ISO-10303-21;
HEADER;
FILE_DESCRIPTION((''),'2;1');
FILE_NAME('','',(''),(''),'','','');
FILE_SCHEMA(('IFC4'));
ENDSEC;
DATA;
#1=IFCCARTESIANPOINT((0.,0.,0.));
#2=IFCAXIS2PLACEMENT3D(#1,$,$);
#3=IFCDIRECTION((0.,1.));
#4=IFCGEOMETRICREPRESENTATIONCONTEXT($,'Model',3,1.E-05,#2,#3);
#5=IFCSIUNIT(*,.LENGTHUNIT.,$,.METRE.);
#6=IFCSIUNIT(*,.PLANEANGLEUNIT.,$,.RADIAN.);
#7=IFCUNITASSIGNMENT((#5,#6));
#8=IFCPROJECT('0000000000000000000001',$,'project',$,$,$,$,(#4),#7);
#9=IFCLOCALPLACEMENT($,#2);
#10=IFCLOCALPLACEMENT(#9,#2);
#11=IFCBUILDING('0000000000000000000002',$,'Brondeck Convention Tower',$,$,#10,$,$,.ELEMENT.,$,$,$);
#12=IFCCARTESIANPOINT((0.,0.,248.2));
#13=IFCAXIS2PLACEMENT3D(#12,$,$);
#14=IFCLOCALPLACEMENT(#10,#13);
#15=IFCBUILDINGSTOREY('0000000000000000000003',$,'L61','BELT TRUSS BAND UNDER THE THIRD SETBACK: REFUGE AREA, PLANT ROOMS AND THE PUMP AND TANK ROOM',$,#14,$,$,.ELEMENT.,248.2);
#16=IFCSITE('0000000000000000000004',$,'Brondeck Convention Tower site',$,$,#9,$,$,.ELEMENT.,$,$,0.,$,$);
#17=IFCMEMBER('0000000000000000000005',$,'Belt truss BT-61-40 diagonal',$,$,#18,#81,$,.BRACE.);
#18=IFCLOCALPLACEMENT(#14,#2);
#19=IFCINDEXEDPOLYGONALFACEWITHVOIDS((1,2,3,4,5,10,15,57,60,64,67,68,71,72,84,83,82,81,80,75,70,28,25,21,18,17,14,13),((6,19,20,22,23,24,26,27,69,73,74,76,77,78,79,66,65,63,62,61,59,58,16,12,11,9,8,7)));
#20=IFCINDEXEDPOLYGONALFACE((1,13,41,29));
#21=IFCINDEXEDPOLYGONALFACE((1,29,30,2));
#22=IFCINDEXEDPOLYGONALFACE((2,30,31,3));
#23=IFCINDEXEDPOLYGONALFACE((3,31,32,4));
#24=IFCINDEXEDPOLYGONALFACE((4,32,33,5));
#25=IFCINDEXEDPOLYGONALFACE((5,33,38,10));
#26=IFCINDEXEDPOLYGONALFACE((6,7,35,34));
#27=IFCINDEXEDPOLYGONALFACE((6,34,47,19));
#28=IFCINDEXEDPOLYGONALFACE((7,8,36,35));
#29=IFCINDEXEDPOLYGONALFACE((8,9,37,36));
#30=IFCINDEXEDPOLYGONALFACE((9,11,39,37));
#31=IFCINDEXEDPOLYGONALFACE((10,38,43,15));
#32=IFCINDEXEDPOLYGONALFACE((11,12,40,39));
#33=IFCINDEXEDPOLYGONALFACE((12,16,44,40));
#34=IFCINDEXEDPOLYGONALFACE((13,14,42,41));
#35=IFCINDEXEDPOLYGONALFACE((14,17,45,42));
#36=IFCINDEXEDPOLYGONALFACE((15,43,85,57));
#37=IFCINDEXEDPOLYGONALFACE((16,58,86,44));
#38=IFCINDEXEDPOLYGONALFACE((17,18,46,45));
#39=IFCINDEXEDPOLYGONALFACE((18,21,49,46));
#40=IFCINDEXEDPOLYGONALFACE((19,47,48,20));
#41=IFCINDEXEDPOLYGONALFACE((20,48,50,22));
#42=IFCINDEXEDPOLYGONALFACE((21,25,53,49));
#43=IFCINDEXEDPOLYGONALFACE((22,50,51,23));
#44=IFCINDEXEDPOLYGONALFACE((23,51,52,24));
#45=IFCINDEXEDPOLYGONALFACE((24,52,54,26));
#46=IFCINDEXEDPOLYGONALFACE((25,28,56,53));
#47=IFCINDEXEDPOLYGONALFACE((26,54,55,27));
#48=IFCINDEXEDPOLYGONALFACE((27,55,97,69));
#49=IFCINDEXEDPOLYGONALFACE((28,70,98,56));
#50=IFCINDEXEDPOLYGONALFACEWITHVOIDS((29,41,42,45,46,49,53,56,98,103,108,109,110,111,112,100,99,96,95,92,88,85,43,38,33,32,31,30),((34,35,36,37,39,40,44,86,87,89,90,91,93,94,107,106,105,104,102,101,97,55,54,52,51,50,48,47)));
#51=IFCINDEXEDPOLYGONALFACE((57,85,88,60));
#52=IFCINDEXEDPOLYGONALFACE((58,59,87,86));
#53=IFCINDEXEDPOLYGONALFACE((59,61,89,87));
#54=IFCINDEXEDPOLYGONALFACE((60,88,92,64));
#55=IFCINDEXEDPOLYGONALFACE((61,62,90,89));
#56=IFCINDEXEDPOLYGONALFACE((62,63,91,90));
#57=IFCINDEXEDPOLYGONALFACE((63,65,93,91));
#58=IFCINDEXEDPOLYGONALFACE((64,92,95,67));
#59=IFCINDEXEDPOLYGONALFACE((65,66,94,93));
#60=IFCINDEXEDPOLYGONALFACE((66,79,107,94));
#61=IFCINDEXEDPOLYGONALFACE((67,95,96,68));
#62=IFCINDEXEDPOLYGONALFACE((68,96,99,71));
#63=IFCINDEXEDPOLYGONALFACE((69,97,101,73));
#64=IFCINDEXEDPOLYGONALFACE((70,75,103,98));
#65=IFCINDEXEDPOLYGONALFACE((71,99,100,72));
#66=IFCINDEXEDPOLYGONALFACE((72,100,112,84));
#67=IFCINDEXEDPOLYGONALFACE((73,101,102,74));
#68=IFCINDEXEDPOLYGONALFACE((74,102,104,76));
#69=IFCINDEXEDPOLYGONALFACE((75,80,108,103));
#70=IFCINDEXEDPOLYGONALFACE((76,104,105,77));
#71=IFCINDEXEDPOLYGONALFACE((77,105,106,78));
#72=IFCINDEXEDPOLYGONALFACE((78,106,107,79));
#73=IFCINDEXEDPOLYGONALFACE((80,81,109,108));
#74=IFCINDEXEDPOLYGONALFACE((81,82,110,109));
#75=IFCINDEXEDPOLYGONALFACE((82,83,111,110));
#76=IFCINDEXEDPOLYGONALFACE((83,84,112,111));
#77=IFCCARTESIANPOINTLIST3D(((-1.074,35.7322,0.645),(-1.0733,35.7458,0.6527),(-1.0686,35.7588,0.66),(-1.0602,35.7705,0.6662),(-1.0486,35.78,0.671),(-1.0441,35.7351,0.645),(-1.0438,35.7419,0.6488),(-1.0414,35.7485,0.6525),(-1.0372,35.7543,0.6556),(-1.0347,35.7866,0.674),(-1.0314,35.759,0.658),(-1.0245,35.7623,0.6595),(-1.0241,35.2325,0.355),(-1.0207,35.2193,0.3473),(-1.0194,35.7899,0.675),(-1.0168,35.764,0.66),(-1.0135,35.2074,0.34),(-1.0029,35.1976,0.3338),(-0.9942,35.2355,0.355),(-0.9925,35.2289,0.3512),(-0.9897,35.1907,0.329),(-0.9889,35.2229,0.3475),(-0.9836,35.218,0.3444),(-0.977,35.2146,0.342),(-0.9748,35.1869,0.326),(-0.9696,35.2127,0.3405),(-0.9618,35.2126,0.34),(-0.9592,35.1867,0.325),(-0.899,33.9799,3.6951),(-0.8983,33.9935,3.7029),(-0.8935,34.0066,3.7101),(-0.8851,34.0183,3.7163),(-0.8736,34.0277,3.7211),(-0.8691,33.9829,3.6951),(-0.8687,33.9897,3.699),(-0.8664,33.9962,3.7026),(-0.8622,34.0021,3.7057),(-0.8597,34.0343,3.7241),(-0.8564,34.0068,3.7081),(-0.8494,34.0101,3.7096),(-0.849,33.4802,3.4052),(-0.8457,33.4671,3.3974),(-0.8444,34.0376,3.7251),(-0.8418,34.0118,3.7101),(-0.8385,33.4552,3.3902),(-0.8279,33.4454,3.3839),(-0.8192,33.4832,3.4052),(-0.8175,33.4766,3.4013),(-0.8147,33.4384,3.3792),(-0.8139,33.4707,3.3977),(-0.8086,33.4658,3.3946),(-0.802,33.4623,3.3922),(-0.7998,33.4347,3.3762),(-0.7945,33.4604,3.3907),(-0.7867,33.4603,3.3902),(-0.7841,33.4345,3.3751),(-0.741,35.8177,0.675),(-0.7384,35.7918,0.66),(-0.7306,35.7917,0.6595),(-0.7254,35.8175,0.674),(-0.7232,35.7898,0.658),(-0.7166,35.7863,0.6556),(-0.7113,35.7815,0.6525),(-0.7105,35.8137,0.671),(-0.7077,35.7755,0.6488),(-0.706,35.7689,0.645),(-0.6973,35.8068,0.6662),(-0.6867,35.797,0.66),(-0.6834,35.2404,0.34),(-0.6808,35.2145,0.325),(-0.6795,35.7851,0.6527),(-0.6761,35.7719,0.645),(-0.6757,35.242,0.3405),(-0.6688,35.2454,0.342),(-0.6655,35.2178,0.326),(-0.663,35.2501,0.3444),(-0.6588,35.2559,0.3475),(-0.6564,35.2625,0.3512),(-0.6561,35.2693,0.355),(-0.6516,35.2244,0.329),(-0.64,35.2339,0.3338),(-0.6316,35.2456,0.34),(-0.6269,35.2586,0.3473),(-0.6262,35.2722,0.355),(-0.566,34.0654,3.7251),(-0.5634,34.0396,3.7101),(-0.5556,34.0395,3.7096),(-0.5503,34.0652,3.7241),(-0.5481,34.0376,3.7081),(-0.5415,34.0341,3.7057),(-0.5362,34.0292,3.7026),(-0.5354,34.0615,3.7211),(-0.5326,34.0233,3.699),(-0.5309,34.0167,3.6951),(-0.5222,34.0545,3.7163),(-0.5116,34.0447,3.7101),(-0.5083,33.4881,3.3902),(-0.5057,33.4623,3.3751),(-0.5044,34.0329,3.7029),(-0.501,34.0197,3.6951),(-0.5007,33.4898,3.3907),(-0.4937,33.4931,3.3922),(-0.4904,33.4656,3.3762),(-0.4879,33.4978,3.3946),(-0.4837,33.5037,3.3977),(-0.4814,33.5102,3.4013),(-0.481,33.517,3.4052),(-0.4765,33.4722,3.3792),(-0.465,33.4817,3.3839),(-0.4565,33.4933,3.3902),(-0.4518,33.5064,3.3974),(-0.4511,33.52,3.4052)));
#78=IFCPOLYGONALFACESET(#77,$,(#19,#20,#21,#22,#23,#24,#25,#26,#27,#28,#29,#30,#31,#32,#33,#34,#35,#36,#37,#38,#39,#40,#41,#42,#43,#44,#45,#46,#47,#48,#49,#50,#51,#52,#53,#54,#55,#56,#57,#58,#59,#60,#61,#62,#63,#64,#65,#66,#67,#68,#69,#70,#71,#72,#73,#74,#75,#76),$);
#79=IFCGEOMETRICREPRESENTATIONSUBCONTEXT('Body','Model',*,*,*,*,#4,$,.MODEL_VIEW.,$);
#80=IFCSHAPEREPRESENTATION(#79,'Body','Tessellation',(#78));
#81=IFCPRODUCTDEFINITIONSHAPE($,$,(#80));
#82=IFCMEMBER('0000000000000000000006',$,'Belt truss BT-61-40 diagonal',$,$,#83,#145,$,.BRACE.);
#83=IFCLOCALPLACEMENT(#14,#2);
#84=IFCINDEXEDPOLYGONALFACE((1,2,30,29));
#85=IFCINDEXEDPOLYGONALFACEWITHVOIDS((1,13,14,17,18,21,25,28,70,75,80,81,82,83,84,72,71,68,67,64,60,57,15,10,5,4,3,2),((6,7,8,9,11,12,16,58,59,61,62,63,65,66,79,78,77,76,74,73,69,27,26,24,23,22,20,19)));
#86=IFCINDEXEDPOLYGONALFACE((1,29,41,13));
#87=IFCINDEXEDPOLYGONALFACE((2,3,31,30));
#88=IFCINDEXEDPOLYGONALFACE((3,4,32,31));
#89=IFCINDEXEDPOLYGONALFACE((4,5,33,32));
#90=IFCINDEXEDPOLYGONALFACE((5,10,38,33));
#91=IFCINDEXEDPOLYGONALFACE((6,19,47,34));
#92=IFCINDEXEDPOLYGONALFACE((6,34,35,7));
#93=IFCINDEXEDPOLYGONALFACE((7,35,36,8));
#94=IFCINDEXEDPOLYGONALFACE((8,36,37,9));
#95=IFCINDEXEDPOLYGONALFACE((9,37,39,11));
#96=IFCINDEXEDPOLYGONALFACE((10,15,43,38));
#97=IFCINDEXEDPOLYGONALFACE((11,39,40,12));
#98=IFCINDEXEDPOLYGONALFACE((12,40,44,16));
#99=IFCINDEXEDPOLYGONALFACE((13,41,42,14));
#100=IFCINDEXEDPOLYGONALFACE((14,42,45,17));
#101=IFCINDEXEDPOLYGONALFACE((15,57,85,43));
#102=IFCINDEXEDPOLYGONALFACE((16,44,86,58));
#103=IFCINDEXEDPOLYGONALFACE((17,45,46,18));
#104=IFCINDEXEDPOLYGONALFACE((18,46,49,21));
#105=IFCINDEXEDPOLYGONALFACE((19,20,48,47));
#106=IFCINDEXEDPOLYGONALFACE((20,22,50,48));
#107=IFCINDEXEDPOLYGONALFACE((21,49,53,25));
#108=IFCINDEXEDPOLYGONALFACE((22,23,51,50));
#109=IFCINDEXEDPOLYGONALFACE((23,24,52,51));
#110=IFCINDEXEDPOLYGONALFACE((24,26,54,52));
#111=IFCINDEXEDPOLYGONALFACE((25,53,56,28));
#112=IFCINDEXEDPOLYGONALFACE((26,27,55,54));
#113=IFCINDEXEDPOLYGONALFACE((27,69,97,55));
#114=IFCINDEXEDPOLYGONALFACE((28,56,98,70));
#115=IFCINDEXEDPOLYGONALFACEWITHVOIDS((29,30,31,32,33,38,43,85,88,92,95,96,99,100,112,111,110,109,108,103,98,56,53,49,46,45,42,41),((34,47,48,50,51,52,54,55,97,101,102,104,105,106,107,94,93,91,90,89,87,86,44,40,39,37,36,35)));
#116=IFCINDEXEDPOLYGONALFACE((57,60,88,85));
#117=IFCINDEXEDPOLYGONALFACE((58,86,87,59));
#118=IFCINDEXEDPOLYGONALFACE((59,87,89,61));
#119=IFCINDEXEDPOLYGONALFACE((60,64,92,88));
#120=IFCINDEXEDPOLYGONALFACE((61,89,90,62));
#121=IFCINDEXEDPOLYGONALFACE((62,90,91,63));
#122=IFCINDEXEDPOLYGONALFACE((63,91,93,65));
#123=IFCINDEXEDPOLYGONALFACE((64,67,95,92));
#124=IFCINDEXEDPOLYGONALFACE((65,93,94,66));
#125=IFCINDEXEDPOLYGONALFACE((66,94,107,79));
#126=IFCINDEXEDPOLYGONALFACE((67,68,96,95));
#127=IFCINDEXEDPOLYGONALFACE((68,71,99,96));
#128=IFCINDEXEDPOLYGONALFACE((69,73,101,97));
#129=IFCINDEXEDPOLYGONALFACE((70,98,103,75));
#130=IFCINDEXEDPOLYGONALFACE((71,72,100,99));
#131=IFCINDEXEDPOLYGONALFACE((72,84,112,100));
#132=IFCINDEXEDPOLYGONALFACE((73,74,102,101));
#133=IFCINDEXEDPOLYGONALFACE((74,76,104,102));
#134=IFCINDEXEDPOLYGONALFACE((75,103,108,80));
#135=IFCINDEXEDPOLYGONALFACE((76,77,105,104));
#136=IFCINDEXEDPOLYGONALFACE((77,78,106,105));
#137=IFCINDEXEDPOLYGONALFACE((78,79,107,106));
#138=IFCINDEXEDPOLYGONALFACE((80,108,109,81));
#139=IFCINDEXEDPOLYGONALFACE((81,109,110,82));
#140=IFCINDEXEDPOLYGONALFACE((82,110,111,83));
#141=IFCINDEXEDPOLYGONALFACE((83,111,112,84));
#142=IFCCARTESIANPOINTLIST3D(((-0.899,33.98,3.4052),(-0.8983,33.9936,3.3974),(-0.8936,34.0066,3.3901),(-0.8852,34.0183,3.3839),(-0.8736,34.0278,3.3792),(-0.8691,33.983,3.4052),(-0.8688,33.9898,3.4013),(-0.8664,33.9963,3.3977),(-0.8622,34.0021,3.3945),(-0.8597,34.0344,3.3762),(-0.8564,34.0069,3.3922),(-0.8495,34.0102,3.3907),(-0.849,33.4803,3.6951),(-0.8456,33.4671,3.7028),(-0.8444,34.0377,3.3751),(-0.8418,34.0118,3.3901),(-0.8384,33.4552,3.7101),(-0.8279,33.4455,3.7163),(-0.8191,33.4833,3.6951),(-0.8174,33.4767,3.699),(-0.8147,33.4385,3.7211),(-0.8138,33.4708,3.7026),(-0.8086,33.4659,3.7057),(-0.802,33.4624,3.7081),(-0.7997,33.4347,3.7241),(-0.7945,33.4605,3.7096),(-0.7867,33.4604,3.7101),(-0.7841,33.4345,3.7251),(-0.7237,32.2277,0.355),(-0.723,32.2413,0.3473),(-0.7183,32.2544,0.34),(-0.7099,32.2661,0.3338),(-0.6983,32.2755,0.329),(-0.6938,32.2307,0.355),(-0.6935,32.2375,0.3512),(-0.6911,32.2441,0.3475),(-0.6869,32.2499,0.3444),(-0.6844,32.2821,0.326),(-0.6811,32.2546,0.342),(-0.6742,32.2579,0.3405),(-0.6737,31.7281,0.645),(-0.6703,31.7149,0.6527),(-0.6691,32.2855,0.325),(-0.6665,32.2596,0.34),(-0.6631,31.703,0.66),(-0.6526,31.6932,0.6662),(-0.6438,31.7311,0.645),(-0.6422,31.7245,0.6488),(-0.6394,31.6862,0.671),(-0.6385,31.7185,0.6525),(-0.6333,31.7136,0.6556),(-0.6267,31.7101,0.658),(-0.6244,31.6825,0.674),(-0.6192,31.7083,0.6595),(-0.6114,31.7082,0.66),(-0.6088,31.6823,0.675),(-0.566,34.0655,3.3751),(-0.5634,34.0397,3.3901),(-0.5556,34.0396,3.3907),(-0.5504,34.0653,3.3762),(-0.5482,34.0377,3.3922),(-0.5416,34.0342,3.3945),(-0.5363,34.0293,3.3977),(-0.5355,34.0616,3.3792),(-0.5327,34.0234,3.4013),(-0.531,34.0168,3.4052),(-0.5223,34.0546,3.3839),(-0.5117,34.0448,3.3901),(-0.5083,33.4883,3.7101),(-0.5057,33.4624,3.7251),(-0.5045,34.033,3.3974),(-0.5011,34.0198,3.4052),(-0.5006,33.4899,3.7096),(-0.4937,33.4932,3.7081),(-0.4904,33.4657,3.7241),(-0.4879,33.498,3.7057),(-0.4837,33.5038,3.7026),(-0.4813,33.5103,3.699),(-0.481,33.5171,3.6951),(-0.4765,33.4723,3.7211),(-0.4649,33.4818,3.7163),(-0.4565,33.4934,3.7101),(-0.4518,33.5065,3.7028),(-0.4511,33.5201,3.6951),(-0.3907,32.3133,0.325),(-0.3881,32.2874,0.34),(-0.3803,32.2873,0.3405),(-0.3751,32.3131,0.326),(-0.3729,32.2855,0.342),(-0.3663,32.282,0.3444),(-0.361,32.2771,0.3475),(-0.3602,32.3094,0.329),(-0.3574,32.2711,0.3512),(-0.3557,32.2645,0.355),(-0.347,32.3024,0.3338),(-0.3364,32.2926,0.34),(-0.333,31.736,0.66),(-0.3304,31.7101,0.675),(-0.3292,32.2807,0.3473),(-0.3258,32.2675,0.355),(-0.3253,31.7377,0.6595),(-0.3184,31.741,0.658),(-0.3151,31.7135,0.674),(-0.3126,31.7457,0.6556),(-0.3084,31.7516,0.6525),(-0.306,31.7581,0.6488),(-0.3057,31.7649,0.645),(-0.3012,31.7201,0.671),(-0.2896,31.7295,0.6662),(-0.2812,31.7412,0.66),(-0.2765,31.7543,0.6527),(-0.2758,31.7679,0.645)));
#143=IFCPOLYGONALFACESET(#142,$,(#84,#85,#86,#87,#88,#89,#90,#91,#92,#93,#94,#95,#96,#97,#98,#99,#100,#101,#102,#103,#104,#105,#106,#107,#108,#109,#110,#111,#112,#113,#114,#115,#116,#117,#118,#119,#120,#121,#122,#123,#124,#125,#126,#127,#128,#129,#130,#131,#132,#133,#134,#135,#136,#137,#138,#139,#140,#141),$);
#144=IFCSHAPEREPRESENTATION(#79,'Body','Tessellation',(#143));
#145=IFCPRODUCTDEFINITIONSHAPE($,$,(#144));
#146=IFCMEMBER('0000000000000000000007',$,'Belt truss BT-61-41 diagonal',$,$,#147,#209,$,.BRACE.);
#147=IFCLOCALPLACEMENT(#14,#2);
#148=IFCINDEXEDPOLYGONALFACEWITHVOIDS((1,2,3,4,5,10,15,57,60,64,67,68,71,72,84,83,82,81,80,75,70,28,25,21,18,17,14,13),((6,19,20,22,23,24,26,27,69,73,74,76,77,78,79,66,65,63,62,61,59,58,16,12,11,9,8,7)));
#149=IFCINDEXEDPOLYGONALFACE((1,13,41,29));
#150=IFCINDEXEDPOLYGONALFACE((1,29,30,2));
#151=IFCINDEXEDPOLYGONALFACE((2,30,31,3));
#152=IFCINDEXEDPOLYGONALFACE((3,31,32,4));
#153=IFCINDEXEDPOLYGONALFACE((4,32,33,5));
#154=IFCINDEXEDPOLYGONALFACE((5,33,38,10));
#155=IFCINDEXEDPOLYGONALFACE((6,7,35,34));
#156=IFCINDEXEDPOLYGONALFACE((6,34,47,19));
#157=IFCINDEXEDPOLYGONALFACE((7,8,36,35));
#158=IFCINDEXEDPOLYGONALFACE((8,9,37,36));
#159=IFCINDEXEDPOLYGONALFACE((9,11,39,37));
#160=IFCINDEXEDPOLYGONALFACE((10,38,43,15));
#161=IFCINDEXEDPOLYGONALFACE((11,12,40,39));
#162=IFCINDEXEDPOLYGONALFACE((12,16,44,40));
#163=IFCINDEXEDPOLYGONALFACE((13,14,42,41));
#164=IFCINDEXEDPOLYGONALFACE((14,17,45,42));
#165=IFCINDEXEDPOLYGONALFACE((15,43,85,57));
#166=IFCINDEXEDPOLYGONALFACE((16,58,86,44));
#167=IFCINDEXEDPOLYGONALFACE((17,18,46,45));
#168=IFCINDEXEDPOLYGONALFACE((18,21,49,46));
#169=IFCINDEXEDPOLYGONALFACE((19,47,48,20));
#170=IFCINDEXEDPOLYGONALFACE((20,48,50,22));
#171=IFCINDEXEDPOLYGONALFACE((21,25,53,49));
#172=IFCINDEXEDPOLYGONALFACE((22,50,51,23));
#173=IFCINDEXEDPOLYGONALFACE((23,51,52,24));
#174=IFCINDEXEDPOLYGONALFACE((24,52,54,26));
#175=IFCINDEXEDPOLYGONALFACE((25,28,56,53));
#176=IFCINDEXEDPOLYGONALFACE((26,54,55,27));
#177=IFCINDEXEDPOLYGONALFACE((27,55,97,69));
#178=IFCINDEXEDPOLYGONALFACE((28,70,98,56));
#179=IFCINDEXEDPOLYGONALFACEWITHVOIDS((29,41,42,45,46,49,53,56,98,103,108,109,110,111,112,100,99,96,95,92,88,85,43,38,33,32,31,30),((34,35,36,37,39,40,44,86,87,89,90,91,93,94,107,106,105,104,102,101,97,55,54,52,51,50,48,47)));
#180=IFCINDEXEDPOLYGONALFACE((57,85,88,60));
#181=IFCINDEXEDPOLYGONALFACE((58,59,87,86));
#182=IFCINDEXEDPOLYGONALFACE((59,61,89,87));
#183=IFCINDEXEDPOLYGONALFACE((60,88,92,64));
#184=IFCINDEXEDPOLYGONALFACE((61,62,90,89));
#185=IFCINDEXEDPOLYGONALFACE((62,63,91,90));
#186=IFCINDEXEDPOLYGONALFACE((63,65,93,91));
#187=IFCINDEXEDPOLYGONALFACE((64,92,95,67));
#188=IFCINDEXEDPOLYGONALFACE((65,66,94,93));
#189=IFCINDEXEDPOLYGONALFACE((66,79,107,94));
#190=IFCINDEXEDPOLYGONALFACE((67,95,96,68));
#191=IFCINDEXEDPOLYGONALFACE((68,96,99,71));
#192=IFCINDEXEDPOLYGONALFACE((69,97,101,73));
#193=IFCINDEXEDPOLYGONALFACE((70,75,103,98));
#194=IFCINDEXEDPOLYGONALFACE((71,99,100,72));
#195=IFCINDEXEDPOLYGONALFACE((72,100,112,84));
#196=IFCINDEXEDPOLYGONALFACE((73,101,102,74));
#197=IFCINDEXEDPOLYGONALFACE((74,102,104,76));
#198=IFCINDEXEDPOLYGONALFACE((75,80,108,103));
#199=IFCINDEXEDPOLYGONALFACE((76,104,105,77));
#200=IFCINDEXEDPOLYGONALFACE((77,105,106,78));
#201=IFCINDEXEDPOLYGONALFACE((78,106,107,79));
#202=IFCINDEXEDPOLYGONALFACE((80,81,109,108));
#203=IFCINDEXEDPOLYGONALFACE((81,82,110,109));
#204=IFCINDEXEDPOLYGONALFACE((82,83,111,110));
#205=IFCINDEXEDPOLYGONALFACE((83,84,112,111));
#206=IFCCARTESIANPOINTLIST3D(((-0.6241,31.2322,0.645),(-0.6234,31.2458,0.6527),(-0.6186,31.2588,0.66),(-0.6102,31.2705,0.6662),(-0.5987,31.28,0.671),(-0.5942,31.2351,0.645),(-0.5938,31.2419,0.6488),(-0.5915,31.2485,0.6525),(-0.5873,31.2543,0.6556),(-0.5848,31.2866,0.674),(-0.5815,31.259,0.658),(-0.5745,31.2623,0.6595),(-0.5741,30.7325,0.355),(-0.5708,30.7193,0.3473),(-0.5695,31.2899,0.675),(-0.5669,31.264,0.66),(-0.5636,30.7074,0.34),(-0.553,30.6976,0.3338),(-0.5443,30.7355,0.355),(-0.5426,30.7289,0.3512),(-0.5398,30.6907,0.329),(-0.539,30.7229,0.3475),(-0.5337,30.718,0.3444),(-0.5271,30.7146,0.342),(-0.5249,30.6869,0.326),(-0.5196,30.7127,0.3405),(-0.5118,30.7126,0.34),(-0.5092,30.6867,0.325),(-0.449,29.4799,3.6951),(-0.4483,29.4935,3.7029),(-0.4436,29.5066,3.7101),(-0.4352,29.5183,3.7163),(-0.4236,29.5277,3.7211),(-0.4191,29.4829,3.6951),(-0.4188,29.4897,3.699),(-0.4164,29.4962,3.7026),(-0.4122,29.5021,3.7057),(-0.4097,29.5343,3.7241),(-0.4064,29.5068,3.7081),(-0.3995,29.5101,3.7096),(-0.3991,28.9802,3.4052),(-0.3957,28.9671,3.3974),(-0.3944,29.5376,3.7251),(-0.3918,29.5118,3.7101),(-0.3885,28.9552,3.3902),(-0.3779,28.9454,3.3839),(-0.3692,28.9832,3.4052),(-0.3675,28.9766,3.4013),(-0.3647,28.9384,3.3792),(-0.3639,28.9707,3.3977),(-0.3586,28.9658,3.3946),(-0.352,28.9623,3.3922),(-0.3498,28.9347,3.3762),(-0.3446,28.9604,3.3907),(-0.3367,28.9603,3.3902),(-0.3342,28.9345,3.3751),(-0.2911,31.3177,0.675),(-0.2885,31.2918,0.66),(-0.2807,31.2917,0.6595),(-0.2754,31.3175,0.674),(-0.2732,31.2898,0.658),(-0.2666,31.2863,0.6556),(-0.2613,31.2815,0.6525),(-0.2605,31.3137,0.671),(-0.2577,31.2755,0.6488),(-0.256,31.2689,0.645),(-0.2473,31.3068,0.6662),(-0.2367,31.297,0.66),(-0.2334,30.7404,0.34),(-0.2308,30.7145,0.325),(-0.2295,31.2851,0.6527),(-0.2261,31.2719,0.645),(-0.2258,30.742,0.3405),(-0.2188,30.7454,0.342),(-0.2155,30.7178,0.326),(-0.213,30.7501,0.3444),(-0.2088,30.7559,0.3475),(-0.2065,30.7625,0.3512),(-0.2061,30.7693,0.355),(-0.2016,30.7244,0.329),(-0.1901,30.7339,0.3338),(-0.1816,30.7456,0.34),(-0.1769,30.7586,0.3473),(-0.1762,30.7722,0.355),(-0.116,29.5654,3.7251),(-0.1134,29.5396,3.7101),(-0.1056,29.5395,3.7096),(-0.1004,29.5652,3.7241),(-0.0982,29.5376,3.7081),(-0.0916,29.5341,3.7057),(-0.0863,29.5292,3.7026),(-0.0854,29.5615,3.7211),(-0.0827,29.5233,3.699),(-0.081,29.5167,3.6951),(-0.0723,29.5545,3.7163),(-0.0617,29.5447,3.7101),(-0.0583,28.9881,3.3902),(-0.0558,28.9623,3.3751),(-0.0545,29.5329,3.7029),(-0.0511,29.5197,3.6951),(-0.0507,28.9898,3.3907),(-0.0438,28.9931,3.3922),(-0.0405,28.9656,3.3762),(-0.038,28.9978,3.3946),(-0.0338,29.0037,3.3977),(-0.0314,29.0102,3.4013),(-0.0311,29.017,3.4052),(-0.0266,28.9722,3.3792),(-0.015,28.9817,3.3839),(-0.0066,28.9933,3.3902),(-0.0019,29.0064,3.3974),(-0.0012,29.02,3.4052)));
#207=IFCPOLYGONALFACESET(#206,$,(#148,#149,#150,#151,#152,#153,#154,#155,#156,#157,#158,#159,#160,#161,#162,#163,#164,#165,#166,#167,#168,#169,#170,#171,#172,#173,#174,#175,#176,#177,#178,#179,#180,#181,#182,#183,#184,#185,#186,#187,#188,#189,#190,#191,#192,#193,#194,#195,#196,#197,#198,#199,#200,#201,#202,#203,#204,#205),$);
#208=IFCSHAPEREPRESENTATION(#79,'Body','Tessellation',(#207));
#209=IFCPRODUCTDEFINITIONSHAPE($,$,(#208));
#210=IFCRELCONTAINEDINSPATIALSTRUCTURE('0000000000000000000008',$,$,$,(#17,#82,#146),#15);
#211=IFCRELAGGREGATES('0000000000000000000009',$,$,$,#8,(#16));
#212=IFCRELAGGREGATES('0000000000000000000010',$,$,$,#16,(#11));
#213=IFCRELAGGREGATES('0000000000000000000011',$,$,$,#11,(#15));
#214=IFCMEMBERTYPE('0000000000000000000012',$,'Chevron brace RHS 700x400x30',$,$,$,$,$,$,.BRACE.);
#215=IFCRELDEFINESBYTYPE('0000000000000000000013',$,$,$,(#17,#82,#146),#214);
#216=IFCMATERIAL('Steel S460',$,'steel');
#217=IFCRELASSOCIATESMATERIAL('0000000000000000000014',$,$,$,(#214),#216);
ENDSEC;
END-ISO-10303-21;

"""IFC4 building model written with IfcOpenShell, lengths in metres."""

from ifc_helpers import new_model, si_unit, direction, frame, origin, origin_2d, place, context, subcontext, project, spatial, hollow_rectangle, extrude, material, material_profile, profile_set, type_object, element, save


model = new_model("IFC4")

# Units and contexts
model_context = context("Model", 3, precision=1e-05, world=origin(), true_north=direction((0.0, 1.0)))
body_context = subcontext(model_context, "Body", "Model", "MODEL_VIEW")
ifc_project = project(units=[si_unit("LENGTHUNIT", "METRE"), si_unit("PLANEANGLEUNIT", "RADIAN")], contexts=[model_context])

# Site, building, storey
site_placement = place(None, origin())
site = spatial("IfcSite", under=ifc_project, at=site_placement, Name="Brondeck Convention Tower site", CompositionType="ELEMENT", RefElevation=0.0)
building_placement = place(site_placement, origin())
building = spatial("IfcBuilding", under=site, at=building_placement, Name="Brondeck Convention Tower", CompositionType="ELEMENT")
storey_placement = place(building_placement, frame((0.0, 0.0, 248.2)))
storey = spatial("IfcBuildingStorey", under=building, at=storey_placement, Name="L61", Description="BELT TRUSS BAND UNDER THE THIRD SETBACK: REFUGE AREA, PLANT ROOMS AND THE PUMP AND TANK ROOM", CompositionType="ELEMENT", Elevation=248.2)

# Members
ifc_material_1 = material(Name="Steel S460", Category="steel")
ifc_material_profile_1 = material_profile(ifc_material_1, hollow_rectangle(XDim=0.3999, YDim=0.7, WallThickness=0.03, InnerFilletRadius=0.03, OuterFilletRadius=0.0601, at=origin_2d()), Name="RHS 700x400x30")
ifc_profile_set_1 = profile_set([ifc_material_profile_1], Name="Steel S460")
member_type_1 = type_object("IfcMemberType", Name="Chevron brace RHS 700x400x30", PredefinedType="BRACE", material=ifc_profile_set_1)
for number, where, z_axis, x_axis, name in (
    (1, (-0.8501, 35.5022, 0.5), (0.049703, -0.497518, 0.866029), (0.995047, 0.099408, 0.0), "Belt truss BT-61-40 diagonal"),
    (2, (-0.4998, 31.9978, 0.5), (-0.049772, 0.497516, 0.866026), (-0.995033, -0.099545, 0.0), "Belt truss BT-61-40 diagonal"),
    (3, (-0.4001, 31.0022, 0.5), (0.049703, -0.497518, 0.866029), (0.995047, 0.099408, 0.0), "Belt truss BT-61-41 diagonal"),
):
    element("IfcMember", number, at=place(storey_placement, frame(where, z_axis=z_axis, x_axis=x_axis)), inside=storey, type_object=member_type_1, Name=name, PredefinedType="BRACE", context=body_context, shape_type="SweptSolid", body=[
        extrude(hollow_rectangle(XDim=0.3999, YDim=0.7, WallThickness=0.03, InnerFilletRadius=0.03, OuterFilletRadius=0.0601, at=origin_2d()), origin(), (0.0, 0.0, 1.0), 3.522),
    ])

save(model, "model.ifc")
